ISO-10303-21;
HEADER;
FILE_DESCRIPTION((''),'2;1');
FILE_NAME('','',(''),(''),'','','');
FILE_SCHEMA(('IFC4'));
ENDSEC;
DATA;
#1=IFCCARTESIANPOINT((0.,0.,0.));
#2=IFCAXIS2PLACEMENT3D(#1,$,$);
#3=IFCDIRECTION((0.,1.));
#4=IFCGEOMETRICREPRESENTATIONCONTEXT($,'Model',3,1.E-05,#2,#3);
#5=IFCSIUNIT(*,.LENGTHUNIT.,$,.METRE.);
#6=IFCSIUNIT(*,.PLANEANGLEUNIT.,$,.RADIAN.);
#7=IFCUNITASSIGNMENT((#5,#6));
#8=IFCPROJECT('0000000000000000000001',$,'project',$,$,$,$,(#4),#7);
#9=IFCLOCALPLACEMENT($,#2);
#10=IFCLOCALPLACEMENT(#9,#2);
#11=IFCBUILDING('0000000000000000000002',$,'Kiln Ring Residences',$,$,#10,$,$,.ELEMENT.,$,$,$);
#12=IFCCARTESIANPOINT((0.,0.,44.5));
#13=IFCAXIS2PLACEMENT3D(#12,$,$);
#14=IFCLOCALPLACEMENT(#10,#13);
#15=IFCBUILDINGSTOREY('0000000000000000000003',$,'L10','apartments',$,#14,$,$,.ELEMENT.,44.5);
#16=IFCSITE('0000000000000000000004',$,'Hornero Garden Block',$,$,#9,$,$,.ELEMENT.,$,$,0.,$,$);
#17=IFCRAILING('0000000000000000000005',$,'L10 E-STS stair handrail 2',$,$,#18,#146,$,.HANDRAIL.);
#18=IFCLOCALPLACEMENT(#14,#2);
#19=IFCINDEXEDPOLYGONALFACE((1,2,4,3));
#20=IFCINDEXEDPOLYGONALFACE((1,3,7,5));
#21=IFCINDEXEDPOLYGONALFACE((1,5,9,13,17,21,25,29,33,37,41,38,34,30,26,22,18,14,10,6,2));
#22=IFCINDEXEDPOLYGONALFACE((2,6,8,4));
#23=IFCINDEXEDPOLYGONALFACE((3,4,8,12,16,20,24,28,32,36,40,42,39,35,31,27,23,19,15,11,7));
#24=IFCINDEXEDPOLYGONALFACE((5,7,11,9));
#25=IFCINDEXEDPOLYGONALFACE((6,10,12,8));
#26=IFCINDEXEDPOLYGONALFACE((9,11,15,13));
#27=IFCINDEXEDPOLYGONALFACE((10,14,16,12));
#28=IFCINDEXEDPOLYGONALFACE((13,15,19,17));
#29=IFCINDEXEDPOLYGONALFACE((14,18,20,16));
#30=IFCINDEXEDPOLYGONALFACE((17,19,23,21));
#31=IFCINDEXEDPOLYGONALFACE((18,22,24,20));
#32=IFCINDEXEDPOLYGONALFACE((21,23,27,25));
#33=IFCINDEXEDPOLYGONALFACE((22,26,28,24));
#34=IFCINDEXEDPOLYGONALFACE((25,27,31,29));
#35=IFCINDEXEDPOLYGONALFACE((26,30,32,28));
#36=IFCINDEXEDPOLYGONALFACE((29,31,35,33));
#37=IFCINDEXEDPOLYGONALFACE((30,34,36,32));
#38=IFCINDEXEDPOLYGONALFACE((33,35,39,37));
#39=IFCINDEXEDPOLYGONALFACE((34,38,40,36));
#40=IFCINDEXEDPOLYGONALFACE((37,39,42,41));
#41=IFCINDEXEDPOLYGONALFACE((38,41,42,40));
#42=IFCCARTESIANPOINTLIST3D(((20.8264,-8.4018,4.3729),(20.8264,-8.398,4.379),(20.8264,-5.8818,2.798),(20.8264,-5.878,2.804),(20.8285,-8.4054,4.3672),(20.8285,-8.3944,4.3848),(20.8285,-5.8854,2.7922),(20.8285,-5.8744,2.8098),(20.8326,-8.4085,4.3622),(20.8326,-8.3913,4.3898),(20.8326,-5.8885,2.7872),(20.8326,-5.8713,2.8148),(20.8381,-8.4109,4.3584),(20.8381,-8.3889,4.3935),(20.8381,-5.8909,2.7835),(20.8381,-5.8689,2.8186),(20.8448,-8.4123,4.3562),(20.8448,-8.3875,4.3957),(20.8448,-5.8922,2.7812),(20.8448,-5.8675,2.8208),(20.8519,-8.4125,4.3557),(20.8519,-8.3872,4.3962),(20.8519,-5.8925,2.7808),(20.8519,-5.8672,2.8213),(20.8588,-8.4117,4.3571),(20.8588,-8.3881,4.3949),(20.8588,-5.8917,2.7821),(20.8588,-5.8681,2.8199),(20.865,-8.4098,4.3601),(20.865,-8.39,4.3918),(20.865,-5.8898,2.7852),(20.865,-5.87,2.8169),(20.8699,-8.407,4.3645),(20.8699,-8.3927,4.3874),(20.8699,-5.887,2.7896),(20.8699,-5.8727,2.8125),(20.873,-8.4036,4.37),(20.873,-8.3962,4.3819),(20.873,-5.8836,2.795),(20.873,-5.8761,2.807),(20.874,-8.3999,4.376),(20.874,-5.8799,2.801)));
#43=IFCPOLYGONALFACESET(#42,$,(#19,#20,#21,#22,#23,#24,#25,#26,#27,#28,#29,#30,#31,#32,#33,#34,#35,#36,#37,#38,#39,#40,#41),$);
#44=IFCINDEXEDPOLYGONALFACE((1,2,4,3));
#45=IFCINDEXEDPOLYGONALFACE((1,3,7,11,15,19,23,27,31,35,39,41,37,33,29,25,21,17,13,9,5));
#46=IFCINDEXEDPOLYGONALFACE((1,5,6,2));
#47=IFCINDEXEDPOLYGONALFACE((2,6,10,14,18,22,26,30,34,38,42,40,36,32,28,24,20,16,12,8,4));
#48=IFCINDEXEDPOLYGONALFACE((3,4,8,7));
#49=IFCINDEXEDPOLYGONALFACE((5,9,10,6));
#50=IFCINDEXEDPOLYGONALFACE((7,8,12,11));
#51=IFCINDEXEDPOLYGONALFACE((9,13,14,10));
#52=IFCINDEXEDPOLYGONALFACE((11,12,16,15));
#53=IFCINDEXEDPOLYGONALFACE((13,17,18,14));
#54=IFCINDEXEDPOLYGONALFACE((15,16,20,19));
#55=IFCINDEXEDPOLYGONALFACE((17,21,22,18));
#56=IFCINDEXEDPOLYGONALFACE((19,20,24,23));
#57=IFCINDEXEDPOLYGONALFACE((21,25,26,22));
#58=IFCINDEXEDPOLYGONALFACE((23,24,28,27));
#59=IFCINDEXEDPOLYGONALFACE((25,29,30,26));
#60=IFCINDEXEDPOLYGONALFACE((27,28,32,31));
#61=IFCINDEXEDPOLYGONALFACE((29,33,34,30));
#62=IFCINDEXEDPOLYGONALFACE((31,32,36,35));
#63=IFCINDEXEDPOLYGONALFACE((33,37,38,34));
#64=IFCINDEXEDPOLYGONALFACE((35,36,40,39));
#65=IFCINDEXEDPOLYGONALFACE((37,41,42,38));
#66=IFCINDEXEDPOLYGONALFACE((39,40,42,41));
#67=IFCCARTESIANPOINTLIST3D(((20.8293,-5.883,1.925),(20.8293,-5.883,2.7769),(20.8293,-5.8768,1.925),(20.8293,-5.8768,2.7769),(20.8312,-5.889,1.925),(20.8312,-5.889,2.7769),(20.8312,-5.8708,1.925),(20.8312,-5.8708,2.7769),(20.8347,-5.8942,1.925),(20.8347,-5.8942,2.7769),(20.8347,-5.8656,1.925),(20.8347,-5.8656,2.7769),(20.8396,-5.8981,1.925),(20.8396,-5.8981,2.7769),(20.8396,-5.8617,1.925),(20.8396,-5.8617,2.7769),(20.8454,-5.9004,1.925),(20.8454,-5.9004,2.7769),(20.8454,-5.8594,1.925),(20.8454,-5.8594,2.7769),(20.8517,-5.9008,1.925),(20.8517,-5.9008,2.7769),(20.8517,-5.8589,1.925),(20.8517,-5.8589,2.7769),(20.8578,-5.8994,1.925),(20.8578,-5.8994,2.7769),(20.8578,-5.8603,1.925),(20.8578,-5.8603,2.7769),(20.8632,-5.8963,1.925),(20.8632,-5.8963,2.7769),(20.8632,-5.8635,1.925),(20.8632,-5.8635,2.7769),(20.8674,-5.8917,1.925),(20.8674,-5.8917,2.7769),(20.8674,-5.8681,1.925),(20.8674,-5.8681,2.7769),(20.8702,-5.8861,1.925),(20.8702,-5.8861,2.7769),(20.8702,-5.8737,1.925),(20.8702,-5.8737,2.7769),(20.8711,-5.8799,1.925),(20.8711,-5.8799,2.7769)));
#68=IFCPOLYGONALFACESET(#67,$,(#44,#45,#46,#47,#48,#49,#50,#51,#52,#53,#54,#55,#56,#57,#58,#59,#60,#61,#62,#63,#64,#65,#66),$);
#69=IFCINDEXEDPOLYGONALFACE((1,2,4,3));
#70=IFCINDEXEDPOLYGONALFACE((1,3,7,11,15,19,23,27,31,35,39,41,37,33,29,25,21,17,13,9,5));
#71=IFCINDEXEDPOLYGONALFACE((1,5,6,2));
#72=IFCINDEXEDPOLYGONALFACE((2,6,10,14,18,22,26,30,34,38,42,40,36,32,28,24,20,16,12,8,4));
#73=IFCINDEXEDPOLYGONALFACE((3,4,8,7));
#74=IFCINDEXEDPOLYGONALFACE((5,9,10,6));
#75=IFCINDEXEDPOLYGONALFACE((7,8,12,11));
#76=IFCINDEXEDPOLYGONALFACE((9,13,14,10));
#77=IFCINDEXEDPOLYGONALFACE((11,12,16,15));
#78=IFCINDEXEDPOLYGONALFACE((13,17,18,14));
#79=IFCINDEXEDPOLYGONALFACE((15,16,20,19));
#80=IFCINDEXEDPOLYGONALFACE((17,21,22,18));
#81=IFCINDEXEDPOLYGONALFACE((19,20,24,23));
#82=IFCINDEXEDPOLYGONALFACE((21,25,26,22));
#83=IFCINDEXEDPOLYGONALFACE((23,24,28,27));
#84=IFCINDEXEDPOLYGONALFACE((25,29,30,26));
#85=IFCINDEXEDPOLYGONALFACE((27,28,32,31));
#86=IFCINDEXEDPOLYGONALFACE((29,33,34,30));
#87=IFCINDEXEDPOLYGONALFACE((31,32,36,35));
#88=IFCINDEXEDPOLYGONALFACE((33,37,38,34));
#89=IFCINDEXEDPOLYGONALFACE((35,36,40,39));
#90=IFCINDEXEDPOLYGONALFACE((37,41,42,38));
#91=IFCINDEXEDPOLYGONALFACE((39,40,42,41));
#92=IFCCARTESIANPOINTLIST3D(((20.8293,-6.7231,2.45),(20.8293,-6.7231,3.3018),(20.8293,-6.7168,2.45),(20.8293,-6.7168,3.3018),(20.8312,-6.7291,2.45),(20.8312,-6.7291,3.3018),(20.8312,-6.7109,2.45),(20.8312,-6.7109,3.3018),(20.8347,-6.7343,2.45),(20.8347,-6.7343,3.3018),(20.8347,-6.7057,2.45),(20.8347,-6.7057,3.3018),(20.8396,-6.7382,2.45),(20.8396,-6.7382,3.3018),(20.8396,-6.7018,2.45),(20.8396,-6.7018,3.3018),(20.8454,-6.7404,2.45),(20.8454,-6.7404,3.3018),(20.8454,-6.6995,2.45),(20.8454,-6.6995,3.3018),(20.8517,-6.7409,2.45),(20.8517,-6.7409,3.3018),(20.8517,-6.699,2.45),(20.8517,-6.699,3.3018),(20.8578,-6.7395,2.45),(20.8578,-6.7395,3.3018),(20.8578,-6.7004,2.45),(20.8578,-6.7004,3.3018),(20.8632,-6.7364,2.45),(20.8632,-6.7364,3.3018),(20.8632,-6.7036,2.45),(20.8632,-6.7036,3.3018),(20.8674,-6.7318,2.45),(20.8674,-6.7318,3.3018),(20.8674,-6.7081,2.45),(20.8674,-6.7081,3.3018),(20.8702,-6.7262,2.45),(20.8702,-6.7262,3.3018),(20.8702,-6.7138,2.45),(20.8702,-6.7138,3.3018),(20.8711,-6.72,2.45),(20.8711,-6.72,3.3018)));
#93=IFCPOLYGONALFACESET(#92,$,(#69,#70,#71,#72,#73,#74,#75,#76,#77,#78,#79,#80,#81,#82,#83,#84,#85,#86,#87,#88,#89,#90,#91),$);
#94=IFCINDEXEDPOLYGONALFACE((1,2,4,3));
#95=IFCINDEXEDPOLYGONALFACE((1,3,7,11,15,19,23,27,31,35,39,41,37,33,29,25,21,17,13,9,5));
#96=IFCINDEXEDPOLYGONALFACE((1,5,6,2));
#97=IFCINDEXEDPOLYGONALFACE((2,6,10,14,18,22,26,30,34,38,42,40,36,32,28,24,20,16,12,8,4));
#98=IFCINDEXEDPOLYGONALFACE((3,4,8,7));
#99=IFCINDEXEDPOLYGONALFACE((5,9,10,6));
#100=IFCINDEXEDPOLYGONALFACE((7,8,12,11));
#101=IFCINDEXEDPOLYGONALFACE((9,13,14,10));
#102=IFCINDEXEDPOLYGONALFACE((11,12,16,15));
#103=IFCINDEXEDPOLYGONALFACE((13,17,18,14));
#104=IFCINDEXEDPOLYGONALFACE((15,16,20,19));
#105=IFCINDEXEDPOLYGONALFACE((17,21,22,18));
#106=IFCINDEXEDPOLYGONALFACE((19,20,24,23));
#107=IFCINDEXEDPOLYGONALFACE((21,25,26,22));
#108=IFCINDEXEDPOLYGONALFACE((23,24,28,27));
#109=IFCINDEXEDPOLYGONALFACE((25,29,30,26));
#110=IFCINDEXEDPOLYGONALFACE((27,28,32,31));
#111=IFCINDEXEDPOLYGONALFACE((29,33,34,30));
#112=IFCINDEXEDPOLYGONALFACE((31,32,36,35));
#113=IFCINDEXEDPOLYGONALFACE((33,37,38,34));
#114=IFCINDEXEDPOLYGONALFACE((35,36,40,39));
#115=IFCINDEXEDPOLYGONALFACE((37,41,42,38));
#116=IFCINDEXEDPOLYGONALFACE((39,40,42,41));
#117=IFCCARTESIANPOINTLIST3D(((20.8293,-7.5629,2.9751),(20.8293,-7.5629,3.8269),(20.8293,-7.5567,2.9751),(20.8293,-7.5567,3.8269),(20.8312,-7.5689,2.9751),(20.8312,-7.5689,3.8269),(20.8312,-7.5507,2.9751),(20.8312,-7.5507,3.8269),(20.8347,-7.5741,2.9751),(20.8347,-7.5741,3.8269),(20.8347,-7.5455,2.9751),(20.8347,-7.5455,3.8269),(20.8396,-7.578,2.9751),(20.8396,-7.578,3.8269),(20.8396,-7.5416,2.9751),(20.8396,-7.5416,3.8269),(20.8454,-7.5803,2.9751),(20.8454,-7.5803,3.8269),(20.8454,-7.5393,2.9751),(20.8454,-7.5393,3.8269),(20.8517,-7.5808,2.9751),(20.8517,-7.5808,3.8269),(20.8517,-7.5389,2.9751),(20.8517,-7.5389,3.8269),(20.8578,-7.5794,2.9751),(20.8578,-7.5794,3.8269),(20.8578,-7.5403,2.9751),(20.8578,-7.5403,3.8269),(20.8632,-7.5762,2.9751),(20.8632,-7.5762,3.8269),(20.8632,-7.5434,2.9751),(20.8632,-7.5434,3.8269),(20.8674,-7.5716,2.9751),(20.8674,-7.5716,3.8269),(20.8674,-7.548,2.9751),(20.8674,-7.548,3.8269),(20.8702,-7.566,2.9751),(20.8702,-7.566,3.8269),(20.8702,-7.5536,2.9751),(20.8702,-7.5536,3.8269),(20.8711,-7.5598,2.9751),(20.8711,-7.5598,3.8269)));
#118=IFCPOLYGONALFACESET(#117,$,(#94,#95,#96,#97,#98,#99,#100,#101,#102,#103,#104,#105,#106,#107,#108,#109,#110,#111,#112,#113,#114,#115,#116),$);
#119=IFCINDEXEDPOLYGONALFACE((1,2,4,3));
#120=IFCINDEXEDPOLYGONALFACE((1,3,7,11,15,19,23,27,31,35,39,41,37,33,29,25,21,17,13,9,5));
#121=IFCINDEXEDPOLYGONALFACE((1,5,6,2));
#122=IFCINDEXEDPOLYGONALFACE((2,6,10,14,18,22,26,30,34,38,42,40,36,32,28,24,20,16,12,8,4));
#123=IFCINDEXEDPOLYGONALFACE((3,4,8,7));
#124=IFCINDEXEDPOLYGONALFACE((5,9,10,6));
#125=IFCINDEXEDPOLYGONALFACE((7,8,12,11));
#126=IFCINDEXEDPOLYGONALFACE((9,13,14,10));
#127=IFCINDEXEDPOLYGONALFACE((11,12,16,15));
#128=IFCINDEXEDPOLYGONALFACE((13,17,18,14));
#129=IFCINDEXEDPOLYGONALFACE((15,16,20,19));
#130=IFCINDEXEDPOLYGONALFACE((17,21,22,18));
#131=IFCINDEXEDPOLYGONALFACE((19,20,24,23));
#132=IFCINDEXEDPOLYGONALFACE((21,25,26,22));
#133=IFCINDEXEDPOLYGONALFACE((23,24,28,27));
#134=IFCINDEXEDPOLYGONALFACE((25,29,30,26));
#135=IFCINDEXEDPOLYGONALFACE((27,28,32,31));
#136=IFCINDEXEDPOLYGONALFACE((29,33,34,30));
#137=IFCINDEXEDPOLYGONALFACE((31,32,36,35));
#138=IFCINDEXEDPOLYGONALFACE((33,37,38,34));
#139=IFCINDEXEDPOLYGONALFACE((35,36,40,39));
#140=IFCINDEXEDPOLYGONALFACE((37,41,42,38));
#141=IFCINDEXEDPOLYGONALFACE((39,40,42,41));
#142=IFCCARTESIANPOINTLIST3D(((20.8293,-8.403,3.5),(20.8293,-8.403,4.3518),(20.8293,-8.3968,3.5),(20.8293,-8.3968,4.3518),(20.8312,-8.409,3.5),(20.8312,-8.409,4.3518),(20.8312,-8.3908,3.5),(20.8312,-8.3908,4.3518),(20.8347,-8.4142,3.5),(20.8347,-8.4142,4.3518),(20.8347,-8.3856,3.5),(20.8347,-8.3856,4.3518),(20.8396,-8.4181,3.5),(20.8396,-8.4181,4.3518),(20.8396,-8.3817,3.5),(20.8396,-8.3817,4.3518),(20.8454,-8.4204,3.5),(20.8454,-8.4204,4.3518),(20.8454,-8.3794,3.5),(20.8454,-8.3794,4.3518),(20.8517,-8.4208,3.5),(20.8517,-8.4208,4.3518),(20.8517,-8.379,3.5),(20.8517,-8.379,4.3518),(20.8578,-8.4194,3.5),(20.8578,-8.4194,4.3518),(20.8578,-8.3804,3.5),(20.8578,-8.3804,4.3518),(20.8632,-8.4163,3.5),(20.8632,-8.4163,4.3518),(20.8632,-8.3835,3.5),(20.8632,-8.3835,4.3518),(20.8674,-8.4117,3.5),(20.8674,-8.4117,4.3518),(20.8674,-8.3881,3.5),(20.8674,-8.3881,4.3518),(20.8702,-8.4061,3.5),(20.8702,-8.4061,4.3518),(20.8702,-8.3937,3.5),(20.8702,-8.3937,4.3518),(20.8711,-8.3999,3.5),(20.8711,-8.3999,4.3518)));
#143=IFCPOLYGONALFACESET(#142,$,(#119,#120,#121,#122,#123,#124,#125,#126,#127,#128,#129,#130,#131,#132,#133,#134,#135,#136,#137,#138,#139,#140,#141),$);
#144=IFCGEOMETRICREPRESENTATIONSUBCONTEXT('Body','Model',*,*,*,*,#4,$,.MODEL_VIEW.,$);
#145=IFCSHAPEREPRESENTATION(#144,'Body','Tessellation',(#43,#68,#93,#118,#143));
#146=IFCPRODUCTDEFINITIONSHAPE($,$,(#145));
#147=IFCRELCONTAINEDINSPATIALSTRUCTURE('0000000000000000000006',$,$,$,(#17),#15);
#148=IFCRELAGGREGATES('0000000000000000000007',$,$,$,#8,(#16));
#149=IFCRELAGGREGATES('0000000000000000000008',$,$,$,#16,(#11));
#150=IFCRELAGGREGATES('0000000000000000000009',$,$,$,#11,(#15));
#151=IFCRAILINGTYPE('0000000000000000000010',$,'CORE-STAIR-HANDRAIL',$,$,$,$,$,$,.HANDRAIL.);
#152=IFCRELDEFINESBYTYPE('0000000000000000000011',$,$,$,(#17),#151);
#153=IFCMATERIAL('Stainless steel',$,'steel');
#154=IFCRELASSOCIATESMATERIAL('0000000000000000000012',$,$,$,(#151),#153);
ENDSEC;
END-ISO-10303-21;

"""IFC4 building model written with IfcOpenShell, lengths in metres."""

from ifc_helpers import new_model, si_unit, direction, frame, origin, origin_2d, place, context, subcontext, project, spatial, circle, extrude, material, type_object, element, save


model = new_model("IFC4")

# Units and contexts
model_context = context("Model", 3, precision=1e-05, world=origin(), true_north=direction((0.0, 1.0)))
body_context = subcontext(model_context, "Body", "Model", "MODEL_VIEW")
ifc_project = project(units=[si_unit("LENGTHUNIT", "METRE"), si_unit("PLANEANGLEUNIT", "RADIAN")], contexts=[model_context])

# Site, building, storey
site_placement = place(None, origin())
site = spatial("IfcSite", under=ifc_project, at=site_placement, Name="Hornero Garden Block", CompositionType="ELEMENT", RefElevation=0.0)
building_placement = place(site_placement, origin())
building = spatial("IfcBuilding", under=site, at=building_placement, Name="Kiln Ring Residences", CompositionType="ELEMENT")
storey_placement = place(building_placement, frame((0.0, 0.0, 44.5)))
storey = spatial("IfcBuildingStorey", under=building, at=storey_placement, Name="L10", Description="apartments", CompositionType="ELEMENT", Elevation=44.5)

# Railing
ifc_material_1 = material(Name="Stainless steel", Category="steel")
railing_type_1 = type_object("IfcRailingType", Name="CORE-STAIR-HANDRAIL", PredefinedType="HANDRAIL", material=ifc_material_1)
railing_1_placement = place(storey_placement, frame((20.8501, -5.8799, 1.925)))
element("IfcRailing", 1, at=railing_1_placement, inside=storey, type_object=railing_type_1, Name="L10 E-STS stair handrail 2", PredefinedType="HANDRAIL", context=body_context, shape_type="SweptSolid", body=[
    extrude(circle(Radius=0.0239, at=origin_2d()), frame((0.0, 0.0, 0.876), z_axis=(0.0, -0.848008, 0.529984), x_axis=(1.0, 0.0, 0.0)), (0.0, 0.0, 1.0), 2.9717),
    extrude(circle(Radius=0.021, at=origin_2d()), origin(), (0.0, 0.0, 1.0), 0.8518),
    extrude(circle(Radius=0.021, at=origin_2d()), frame((0.0, -0.8401, 0.5249)), (0.0, 0.0, 1.0), 0.8518),
    extrude(circle(Radius=0.021, at=origin_2d()), frame((0.0, -1.6799, 1.05)), (0.0, 0.0, 1.0), 0.8518),
    extrude(circle(Radius=0.021, at=origin_2d()), frame((0.0, -2.52, 1.575)), (0.0, 0.0, 1.0), 0.8518),
])

save(model, "model.ifc")
